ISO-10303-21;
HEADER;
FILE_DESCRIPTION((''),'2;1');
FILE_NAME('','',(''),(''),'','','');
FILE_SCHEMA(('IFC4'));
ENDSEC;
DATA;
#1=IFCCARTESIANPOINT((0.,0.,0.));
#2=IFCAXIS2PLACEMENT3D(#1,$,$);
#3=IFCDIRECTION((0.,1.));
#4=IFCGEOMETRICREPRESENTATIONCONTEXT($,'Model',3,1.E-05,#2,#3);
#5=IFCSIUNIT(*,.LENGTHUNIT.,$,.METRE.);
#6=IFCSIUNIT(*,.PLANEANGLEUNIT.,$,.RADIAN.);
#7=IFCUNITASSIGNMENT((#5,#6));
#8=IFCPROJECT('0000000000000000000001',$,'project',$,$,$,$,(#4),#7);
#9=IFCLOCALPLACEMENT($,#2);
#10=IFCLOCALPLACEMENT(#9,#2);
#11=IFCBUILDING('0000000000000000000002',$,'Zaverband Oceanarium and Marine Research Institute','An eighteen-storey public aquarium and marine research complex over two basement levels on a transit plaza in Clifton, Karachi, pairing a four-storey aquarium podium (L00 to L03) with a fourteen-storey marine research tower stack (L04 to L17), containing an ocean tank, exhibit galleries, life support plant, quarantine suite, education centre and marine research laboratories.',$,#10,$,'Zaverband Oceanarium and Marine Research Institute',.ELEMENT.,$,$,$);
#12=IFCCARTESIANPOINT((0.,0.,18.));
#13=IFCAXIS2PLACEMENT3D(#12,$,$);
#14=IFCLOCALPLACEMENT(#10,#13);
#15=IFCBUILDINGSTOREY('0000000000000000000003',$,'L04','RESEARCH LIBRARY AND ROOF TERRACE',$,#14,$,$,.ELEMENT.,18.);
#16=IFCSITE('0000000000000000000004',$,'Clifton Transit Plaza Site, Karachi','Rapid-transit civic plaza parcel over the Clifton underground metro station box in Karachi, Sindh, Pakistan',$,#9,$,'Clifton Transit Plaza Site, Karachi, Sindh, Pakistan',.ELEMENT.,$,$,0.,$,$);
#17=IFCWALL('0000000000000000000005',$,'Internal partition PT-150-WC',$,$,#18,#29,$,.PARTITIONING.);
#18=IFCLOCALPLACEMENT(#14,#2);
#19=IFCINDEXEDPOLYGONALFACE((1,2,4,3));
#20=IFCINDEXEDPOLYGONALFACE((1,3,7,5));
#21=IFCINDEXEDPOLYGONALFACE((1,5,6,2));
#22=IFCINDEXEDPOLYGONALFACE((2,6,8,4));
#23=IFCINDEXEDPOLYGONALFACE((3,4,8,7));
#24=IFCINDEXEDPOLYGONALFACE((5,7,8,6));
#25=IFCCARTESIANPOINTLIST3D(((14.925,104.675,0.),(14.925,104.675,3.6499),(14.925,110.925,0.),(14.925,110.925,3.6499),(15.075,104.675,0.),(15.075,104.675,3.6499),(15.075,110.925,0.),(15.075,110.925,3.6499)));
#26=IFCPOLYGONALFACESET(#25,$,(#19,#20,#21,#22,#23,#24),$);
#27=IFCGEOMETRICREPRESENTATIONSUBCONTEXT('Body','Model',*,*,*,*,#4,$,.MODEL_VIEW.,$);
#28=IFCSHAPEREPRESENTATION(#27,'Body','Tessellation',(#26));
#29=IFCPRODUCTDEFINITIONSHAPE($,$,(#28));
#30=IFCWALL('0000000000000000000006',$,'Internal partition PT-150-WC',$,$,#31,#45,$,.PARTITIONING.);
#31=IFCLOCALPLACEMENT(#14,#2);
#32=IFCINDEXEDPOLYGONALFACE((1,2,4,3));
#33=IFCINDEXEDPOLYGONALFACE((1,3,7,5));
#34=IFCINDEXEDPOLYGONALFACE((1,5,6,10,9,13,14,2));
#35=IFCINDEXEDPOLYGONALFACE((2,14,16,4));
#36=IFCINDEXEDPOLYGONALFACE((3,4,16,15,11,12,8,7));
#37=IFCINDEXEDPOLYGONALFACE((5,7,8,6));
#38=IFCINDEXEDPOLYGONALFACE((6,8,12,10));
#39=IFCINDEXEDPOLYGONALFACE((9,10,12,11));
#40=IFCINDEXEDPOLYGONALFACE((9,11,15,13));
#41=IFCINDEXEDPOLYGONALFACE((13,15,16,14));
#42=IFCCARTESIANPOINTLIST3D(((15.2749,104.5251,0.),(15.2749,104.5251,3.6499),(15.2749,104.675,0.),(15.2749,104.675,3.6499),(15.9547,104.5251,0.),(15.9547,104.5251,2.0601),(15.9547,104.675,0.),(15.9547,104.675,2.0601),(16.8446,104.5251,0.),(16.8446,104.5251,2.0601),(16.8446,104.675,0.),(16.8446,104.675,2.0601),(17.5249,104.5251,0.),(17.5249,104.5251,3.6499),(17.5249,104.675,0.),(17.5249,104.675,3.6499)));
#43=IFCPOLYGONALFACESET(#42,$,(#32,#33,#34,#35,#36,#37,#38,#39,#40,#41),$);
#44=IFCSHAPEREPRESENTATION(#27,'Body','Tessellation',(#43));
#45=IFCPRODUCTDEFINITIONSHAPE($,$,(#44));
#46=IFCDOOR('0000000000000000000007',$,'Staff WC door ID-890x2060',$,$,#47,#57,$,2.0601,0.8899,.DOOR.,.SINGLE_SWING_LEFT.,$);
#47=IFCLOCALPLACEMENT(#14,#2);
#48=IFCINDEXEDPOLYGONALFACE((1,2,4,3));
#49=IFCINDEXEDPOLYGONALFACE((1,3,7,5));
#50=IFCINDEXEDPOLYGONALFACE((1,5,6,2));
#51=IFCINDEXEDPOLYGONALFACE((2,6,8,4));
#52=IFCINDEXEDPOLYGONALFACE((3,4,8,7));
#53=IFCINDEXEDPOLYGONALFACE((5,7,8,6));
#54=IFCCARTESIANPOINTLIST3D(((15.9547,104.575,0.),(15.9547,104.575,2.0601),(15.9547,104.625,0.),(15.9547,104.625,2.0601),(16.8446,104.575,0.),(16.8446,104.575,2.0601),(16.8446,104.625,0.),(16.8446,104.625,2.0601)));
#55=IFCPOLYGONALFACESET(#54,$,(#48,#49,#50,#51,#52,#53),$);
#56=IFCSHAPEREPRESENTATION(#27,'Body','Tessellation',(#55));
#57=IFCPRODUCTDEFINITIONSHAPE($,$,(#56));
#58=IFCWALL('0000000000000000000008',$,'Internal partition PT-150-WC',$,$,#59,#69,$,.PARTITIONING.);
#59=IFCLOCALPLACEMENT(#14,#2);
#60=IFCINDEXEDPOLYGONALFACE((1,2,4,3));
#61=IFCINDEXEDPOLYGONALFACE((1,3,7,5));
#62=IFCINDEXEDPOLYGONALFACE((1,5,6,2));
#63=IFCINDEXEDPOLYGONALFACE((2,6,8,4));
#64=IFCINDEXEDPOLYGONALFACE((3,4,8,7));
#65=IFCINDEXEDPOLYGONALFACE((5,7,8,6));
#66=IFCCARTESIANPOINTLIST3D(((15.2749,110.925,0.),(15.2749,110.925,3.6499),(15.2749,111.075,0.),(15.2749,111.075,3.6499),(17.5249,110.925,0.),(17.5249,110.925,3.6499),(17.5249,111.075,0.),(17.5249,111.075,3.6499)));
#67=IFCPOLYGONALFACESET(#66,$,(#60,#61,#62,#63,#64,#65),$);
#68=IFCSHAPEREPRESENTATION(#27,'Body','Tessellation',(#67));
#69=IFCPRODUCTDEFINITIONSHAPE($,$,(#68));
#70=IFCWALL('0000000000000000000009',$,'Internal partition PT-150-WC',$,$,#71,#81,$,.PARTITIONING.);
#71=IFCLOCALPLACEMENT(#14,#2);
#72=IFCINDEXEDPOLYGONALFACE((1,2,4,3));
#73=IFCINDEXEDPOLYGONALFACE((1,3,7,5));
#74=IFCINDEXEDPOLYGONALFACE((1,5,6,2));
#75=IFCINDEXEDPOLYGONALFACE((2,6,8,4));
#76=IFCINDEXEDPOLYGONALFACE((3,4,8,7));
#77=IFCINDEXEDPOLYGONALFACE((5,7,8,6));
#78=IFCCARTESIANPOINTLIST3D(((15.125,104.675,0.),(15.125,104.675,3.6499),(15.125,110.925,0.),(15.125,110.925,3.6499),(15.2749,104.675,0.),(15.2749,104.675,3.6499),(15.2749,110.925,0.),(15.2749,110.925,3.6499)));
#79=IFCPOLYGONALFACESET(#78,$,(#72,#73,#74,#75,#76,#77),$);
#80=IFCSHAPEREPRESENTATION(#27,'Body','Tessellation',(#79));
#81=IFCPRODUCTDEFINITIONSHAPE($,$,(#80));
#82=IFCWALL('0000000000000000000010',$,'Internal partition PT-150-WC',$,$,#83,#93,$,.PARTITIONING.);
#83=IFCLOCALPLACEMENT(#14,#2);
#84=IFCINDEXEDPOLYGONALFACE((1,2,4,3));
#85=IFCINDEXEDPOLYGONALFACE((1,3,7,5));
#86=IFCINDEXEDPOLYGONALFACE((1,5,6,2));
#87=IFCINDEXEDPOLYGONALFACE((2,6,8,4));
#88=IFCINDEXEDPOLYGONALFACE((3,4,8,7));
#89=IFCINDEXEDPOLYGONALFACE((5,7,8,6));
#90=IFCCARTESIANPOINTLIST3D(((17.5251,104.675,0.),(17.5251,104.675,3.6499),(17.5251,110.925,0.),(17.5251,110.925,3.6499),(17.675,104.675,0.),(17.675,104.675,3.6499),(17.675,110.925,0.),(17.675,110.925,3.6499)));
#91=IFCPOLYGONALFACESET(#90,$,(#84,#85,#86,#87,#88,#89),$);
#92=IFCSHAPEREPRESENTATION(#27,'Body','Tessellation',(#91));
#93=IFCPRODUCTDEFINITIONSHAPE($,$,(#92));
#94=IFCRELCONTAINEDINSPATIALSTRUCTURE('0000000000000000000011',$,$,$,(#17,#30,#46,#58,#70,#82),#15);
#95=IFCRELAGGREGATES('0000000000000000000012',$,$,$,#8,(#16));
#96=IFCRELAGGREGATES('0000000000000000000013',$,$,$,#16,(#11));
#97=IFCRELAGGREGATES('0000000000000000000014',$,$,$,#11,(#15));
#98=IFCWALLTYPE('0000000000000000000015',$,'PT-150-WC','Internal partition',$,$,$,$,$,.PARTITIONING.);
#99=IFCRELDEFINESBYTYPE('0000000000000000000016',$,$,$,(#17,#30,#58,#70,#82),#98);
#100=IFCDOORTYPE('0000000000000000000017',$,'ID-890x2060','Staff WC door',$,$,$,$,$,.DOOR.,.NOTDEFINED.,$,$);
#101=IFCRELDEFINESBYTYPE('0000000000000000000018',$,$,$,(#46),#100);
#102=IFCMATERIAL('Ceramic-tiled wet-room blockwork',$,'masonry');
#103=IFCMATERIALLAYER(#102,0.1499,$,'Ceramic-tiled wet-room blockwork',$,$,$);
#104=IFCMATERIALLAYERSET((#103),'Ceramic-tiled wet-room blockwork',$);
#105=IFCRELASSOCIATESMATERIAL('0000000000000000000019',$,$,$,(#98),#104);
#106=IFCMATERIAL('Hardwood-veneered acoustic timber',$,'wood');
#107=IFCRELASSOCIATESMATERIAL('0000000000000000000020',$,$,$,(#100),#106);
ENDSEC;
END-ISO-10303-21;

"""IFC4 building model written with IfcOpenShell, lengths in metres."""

from ifc_helpers import new_model, si_unit, direction, frame, frame_2d, origin, place, context, subcontext, project, spatial, rectangle, extrude, material, layer, layer_set, type_object, element, fill, save


model = new_model("IFC4")

# Units and contexts
model_context = context("Model", 3, precision=1e-05, world=origin(), true_north=direction((0.0, 1.0)))
body_context = subcontext(model_context, "Body", "Model", "MODEL_VIEW")
ifc_project = project(units=[si_unit("LENGTHUNIT", "METRE"), si_unit("PLANEANGLEUNIT", "RADIAN")], contexts=[model_context])

# Site, building, storey
site_placement = place(None, origin())
site = spatial("IfcSite", under=ifc_project, at=site_placement, Name="Clifton Transit Plaza Site, Karachi", Description="Rapid-transit civic plaza parcel over the Clifton underground metro station box in Karachi, Sindh, Pakistan", LongName="Clifton Transit Plaza Site, Karachi, Sindh, Pakistan", CompositionType="ELEMENT", RefElevation=0.0)
building_placement = place(site_placement, origin())
building = spatial("IfcBuilding", under=site, at=building_placement, Name="Zaverband Oceanarium and Marine Research Institute", Description="An eighteen-storey public aquarium and marine research complex over two basement levels on a transit plaza in Clifton, Karachi, pairing a four-storey aquarium podium (L00 to L03) with a fourteen-storey marine research tower stack (L04 to L17), containing an ocean tank, exhibit galleries, life support plant, quarantine suite, education centre and marine research laboratories.", LongName="Zaverband Oceanarium and Marine Research Institute", CompositionType="ELEMENT")
storey_placement = place(building_placement, frame((0.0, 0.0, 18.0)))
storey = spatial("IfcBuildingStorey", under=building, at=storey_placement, Name="L04", Description="RESEARCH LIBRARY AND ROOF TERRACE", CompositionType="ELEMENT", Elevation=18.0)

# Shared definitions
ifc_material_1 = material(Name="Ceramic-tiled wet-room blockwork", Category="masonry")
ifc_layer = layer(ifc_material_1, 0.1499, Name="Ceramic-tiled wet-room blockwork")
ifc_layer_set = layer_set([ifc_layer], Name="Ceramic-tiled wet-room blockwork")
wall_type = type_object("IfcWallType", Name="PT-150-WC", Description="Internal partition", PredefinedType="PARTITIONING", material=ifc_layer_set)
ifc_material_2 = material(Name="Hardwood-veneered acoustic timber", Category="wood")

# Wall
for number, where, z_axis, x_axis, name in (
    (1, (15.0, 104.675, 0.0), (0.0, 0.0, 1.0), (0.0, 1.0, 0.0), "Internal partition PT-150-WC"),
):
    element("IfcWall", number, at=place(storey_placement, frame(where, z_axis=z_axis, x_axis=x_axis)), inside=storey, type_object=wall_type, Name=name, PredefinedType="PARTITIONING", context=body_context, shape_type="SweptSolid", body=[
        extrude(rectangle(XDim=6.25, YDim=0.1499, at=frame_2d((3.125, 0.0))), origin(), (0.0, 0.0, 1.0), 3.6499),
    ])

# Wall, opening, door
wall_1_placement = place(storey_placement, frame((15.2749, 104.6001, 0.0), z_axis=(0.0, 0.0, 1.0), x_axis=(1.0, 0.0, 0.0)))
wall_1 = element("IfcWall", 2, at=wall_1_placement, inside=storey, type_object=wall_type, Name="Internal partition PT-150-WC", PredefinedType="PARTITIONING", context=body_context, shape_type="SweptSolid", body=[
    extrude(rectangle(XDim=2.25, YDim=0.1499, at=frame_2d((1.125, 0.0))), origin(), (0.0, 0.0, 1.0), 3.6499),
])
opening_1_placement = place(wall_1_placement, frame((0.6799, 0.0, 0.0)))
opening_1 = element("IfcOpeningElement", 3, at=opening_1_placement, cuts=wall_1, PredefinedType="OPENING", context=body_context, shape_type="SweptSolid", body=[
    extrude(rectangle(XDim=0.8899, YDim=2.0601, at=frame_2d((0.4448, 1.03))), frame((0.0, 0.0869, 0.0), z_axis=(0.0, -1.0, 0.0), x_axis=(1.0, 0.0, 0.0)), (0.0, 0.0, 1.0), 0.1738),
])
door_type_1 = type_object("IfcDoorType", Name="ID-890x2060", Description="Staff WC door", OperationType="NOTDEFINED", PredefinedType="DOOR", material=ifc_material_2)
door_1_placement = place(opening_1_placement, origin())
door_1 = element("IfcDoor", 4, at=door_1_placement, inside=storey, type_object=door_type_1, Name="Staff WC door ID-890x2060", OperationType="SINGLE_SWING_LEFT", OverallHeight=2.0601, OverallWidth=0.8899, PredefinedType="DOOR", context=body_context, shape_type="SweptSolid", body=[
    extrude(rectangle(XDim=0.8899, YDim=2.0601, at=frame_2d((0.4448, 1.03))), frame((0.0, 0.0249, 0.0), z_axis=(0.0, -1.0, 0.0), x_axis=(1.0, 0.0, 0.0)), (0.0, 0.0, 1.0), 0.05),
])
fill(opening_1, door_1)

# Walls
wall_2_placement = place(storey_placement, frame((15.2749, 111.0, 0.0), z_axis=(0.0, 0.0, 1.0), x_axis=(1.0, 0.0, 0.0)))
element("IfcWall", 5, at=wall_2_placement, inside=storey, type_object=wall_type, Name="Internal partition PT-150-WC", PredefinedType="PARTITIONING", context=body_context, shape_type="SweptSolid", body=[
    extrude(rectangle(XDim=2.25, YDim=0.1499, at=frame_2d((1.125, 0.0))), origin(), (0.0, 0.0, 1.0), 3.6499),
])
for number, where, z_axis, x_axis, name in (
    (6, (15.2, 104.675, 0.0), (0.0, 0.0, 1.0), (0.0, 1.0, 0.0), "Internal partition PT-150-WC"),
    (7, (17.6001, 104.675, 0.0), (0.0, 0.0, 1.0), (0.0, 1.0, 0.0), "Internal partition PT-150-WC"),
):
    element("IfcWall", number, at=place(storey_placement, frame(where, z_axis=z_axis, x_axis=x_axis)), inside=storey, type_object=wall_type, Name=name, PredefinedType="PARTITIONING", context=body_context, shape_type="SweptSolid", body=[
        extrude(rectangle(XDim=6.25, YDim=0.1499, at=frame_2d((3.125, 0.0))), origin(), (0.0, 0.0, 1.0), 3.6499),
    ])

save(model, "model.ifc")
